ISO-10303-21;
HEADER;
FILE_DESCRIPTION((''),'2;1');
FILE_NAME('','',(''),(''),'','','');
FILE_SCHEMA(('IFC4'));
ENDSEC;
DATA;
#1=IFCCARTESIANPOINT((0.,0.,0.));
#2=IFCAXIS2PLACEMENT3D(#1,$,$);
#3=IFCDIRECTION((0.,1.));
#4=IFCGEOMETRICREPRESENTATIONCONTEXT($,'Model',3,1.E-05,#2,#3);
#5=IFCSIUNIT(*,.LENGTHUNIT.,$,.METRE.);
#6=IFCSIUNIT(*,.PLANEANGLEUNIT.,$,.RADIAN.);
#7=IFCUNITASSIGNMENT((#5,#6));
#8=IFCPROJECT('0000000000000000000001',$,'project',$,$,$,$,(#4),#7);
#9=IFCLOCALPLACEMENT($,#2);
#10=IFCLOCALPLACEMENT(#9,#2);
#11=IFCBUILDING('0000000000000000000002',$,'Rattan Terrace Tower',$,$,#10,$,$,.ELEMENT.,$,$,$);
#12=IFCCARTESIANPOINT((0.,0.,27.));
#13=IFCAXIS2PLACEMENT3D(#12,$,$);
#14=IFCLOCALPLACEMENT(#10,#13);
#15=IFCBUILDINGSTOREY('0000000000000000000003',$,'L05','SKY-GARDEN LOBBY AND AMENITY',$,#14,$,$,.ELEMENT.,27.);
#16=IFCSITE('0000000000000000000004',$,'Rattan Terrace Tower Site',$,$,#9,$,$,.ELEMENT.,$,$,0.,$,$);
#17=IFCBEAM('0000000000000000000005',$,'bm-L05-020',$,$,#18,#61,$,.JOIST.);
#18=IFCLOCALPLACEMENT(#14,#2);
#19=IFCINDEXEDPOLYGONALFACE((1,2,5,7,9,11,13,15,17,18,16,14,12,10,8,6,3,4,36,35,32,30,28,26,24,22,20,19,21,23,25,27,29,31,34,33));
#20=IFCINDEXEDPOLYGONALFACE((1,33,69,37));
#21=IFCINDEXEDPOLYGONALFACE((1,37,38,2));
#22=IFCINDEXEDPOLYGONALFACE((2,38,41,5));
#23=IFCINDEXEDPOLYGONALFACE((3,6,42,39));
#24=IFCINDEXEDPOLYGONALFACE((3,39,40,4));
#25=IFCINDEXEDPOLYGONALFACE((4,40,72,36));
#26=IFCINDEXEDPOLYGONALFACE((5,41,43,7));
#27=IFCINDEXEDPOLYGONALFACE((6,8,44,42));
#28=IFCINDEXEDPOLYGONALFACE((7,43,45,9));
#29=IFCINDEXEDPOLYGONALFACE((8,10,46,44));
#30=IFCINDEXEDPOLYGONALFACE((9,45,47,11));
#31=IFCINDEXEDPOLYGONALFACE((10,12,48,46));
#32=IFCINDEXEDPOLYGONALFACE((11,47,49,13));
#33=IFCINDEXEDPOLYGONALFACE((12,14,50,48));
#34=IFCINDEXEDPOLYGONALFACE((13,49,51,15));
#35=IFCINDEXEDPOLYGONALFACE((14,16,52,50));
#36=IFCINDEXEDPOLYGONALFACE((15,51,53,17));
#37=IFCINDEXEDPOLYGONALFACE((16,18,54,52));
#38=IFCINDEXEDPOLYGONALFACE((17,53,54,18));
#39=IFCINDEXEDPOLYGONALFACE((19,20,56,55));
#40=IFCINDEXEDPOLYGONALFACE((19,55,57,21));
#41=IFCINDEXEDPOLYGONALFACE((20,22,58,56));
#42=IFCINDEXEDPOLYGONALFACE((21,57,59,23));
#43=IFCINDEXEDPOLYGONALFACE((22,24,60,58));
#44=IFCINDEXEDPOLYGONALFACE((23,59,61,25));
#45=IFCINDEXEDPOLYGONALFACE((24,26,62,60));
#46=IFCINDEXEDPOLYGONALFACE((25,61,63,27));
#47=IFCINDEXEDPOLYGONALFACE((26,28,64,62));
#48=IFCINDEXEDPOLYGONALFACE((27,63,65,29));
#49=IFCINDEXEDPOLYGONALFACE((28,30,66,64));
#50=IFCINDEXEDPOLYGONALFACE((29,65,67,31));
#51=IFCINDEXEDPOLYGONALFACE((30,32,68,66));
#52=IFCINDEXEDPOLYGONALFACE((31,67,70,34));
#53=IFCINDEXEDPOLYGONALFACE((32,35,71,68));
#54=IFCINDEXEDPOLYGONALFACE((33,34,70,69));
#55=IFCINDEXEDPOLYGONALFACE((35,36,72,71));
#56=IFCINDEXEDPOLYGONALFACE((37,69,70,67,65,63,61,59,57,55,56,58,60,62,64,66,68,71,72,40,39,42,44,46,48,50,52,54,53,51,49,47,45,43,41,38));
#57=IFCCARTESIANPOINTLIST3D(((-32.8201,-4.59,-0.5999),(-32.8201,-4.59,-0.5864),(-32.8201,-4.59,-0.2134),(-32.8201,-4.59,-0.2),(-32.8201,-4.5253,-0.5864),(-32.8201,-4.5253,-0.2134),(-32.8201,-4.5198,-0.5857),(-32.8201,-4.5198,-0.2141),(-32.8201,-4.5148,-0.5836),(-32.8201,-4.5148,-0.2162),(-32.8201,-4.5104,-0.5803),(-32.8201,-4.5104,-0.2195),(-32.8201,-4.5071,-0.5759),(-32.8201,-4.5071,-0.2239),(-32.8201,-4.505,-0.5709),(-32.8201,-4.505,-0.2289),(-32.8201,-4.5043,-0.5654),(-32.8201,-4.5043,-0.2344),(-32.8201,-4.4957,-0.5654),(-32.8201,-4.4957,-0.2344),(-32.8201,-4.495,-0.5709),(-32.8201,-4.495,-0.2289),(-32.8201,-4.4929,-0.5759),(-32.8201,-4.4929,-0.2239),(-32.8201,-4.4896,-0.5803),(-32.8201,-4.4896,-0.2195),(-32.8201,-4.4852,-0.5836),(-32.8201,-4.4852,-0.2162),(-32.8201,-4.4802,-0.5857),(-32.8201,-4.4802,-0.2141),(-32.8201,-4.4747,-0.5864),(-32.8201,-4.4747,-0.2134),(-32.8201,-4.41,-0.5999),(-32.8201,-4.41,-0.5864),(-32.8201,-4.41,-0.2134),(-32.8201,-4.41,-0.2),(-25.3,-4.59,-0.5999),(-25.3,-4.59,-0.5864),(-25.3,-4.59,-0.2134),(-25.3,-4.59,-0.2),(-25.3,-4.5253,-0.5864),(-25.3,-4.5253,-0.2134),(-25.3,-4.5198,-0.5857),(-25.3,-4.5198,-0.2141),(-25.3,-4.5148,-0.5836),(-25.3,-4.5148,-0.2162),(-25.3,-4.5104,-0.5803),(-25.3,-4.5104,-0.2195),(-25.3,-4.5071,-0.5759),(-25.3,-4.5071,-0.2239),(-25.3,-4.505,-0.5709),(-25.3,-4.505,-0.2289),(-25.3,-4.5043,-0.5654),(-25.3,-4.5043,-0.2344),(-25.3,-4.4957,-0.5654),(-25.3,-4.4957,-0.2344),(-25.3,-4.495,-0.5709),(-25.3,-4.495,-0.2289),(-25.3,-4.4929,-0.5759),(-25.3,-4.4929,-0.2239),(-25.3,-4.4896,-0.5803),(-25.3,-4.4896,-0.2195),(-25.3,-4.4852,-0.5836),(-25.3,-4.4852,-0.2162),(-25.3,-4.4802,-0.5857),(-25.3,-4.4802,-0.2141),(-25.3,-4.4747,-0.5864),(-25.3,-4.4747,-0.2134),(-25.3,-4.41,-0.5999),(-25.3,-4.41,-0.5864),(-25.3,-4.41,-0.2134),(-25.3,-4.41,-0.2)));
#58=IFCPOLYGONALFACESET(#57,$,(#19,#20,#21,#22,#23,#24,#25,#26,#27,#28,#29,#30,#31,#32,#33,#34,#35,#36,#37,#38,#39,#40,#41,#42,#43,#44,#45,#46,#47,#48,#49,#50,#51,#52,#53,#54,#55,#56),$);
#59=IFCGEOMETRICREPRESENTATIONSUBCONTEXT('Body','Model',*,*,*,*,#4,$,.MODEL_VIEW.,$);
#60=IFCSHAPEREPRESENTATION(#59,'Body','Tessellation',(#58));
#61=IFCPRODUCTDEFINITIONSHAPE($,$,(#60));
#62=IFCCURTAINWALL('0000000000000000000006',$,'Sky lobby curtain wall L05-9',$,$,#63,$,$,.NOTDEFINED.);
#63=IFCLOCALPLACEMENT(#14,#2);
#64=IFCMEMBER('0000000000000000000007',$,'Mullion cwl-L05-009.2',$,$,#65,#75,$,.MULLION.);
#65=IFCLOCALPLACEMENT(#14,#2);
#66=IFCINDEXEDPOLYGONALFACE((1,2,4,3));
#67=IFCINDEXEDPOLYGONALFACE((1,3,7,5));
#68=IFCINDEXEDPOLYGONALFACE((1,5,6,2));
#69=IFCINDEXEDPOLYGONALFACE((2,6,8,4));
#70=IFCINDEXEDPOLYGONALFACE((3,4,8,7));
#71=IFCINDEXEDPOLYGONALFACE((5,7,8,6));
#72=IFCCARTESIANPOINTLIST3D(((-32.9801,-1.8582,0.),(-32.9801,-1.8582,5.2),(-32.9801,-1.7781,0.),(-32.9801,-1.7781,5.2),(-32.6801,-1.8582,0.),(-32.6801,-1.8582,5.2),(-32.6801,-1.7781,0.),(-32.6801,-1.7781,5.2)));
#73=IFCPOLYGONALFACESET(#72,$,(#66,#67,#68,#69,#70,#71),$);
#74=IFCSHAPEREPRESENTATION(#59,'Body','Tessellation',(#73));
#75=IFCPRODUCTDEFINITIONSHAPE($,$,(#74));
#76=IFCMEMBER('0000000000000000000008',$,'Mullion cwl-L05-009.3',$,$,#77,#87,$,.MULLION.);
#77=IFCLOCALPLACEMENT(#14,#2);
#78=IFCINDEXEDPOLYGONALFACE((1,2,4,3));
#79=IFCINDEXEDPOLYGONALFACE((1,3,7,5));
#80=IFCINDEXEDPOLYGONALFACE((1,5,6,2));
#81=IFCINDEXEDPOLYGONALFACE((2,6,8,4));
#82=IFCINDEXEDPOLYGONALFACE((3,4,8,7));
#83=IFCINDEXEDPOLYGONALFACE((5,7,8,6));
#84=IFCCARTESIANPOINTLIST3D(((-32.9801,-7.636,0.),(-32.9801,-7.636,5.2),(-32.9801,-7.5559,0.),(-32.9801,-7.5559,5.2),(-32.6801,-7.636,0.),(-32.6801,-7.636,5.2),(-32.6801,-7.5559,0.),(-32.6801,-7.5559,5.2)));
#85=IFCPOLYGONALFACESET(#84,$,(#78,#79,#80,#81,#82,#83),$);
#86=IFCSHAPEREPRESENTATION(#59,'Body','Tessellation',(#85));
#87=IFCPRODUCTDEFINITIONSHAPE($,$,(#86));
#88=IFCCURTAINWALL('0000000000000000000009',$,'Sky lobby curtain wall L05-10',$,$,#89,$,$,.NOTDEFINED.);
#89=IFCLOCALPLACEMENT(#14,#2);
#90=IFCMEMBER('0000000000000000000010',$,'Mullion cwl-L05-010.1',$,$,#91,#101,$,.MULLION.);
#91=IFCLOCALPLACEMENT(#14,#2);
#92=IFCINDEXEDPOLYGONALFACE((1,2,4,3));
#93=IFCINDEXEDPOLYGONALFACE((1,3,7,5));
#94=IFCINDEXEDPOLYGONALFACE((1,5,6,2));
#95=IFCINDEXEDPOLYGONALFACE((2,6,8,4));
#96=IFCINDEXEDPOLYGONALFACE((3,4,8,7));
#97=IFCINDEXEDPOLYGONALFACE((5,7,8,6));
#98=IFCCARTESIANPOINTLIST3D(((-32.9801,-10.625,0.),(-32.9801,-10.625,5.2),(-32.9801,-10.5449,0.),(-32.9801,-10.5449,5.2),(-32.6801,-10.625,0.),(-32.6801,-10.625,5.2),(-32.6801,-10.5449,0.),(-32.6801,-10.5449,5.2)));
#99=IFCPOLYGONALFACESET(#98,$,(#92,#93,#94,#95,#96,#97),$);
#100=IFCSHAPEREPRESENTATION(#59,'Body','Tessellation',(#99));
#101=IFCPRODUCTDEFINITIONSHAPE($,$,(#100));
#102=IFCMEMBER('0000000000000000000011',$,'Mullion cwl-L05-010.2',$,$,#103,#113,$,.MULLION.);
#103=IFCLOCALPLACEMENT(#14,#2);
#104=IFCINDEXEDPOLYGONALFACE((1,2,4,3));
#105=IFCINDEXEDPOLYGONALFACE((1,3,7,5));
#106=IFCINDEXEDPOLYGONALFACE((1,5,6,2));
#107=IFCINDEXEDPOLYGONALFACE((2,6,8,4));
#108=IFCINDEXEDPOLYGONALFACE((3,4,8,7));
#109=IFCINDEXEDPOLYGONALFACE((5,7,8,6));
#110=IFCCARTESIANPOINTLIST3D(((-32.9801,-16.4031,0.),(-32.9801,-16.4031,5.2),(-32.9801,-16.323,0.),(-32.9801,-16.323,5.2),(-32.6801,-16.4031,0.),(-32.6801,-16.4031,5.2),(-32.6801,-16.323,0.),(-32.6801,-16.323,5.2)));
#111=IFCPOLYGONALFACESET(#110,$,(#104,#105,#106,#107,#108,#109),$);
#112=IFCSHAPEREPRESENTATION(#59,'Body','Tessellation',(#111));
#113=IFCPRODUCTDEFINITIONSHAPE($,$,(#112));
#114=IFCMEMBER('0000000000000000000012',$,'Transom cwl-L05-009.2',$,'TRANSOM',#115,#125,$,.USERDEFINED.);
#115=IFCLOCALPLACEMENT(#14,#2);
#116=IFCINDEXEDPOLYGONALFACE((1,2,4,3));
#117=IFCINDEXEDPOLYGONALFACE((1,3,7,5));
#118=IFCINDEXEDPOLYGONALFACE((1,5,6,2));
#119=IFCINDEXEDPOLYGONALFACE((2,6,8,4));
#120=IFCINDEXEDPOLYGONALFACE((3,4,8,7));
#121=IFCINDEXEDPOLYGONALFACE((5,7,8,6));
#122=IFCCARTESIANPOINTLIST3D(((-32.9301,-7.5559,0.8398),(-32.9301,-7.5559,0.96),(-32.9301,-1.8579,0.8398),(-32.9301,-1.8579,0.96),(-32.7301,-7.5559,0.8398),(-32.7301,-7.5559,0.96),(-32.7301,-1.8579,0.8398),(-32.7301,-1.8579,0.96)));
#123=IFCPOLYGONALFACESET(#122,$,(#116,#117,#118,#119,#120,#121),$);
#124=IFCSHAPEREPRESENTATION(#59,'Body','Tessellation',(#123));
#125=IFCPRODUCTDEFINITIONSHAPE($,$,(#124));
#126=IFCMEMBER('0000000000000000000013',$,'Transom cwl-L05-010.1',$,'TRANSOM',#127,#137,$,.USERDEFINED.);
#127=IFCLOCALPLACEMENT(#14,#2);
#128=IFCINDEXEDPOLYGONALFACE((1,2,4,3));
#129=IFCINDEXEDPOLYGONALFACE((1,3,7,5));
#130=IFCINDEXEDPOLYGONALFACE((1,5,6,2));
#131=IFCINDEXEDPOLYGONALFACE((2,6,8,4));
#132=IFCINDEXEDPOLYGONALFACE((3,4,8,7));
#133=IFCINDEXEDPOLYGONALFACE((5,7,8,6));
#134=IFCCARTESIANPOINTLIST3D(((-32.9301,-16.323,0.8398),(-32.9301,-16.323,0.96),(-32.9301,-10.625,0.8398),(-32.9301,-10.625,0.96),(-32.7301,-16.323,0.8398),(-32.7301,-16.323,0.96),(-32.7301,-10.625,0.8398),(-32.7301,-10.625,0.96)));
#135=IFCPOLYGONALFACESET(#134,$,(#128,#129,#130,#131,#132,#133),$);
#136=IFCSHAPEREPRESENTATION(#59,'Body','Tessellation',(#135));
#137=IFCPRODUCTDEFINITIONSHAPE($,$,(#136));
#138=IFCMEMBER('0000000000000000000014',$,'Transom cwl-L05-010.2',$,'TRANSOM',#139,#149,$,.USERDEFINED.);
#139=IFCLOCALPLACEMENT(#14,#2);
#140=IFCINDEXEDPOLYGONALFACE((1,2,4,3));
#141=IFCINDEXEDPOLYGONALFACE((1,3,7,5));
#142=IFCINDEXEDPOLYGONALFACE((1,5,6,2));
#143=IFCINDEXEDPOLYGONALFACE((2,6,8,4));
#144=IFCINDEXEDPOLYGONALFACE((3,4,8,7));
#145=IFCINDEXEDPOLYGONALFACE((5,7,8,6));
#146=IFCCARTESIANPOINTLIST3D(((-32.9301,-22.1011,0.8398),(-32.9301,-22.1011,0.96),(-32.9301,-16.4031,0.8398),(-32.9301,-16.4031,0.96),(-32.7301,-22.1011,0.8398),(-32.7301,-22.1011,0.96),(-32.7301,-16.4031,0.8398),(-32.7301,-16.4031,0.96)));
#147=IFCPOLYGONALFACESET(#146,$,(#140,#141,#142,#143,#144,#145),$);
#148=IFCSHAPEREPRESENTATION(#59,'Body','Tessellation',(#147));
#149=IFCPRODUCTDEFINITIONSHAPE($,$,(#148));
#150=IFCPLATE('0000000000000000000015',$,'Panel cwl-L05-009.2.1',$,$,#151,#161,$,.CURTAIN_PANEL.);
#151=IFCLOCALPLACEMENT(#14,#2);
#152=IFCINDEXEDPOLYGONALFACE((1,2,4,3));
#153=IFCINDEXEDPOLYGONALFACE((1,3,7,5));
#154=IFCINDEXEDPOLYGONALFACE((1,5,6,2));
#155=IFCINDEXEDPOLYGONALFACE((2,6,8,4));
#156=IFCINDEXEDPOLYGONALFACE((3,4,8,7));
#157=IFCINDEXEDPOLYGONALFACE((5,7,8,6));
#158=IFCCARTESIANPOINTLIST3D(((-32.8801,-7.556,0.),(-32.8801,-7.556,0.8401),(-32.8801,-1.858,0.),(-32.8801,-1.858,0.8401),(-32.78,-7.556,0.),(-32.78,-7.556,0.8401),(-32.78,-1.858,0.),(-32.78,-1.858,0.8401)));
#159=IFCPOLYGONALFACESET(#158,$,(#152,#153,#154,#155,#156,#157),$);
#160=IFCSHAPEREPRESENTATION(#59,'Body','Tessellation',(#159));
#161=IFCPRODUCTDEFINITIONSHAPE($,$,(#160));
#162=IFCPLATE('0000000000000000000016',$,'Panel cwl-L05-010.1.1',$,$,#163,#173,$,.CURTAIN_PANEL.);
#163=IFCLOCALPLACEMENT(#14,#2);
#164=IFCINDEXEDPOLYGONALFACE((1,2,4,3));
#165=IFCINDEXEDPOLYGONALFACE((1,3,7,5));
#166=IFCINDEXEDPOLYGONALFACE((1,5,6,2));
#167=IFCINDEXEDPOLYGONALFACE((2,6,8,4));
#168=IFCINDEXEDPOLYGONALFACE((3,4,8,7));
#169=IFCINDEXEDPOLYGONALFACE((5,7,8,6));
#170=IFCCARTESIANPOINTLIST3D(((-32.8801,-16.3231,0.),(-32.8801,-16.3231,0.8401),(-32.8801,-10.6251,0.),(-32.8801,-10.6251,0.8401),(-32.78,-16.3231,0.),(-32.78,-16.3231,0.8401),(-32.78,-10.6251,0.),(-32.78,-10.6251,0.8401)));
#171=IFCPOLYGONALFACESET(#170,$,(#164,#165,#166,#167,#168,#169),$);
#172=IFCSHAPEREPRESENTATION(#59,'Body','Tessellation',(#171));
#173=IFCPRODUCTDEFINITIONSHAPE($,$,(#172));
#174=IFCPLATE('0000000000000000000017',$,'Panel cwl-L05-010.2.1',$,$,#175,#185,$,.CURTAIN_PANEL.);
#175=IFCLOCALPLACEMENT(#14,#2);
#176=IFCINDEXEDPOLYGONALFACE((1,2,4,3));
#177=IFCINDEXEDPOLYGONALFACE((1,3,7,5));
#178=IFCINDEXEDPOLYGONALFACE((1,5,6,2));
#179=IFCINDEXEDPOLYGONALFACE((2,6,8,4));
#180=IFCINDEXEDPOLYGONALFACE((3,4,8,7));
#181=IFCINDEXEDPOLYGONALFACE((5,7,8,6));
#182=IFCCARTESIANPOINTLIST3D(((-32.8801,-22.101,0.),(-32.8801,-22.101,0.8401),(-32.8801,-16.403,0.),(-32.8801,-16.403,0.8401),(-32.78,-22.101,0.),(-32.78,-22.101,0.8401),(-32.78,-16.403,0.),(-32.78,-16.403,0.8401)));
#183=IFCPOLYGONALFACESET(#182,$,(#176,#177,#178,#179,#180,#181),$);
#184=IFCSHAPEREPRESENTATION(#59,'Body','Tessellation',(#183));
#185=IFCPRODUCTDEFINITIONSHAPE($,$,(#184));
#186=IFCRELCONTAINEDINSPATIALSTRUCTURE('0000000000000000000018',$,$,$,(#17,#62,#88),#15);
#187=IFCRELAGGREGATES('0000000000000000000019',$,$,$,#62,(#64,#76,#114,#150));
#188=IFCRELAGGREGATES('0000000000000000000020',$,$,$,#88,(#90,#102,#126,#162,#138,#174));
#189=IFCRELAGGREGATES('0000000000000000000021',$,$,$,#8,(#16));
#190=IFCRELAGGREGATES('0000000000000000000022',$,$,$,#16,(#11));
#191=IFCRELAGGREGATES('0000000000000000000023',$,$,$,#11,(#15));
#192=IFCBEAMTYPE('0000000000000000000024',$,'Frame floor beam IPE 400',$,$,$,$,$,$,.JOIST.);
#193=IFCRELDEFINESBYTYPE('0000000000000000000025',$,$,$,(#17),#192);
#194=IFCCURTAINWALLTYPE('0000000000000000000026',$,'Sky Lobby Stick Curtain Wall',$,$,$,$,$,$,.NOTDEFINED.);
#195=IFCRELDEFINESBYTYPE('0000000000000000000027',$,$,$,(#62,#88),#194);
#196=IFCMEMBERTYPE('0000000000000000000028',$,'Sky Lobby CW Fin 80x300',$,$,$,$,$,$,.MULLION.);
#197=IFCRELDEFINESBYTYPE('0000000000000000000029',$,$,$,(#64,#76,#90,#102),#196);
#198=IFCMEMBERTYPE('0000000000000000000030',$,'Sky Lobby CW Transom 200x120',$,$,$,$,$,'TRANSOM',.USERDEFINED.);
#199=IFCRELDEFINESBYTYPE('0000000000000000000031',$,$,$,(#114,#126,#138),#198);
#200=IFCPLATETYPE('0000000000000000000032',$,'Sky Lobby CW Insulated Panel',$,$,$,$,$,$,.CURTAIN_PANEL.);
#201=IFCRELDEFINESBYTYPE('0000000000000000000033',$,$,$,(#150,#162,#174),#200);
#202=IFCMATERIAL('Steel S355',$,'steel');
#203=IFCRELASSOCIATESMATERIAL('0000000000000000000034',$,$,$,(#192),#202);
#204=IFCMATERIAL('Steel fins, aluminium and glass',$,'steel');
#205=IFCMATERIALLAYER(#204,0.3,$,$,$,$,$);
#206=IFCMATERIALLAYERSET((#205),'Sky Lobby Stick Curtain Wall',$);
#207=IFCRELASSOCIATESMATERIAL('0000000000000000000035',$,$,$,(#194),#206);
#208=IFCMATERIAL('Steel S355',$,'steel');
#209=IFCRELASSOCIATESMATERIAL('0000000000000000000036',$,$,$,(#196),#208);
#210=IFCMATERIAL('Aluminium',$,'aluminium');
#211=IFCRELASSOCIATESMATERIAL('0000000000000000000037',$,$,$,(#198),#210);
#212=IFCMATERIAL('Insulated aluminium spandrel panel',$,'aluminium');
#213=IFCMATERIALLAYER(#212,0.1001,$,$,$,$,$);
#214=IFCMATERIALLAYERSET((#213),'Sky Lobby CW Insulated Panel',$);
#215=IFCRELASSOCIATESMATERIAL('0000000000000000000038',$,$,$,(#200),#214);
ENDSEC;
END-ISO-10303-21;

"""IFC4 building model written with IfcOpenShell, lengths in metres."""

from ifc_helpers import new_model, si_unit, direction, frame, origin, origin_2d, place, context, subcontext, project, spatial, rectangle, i_section, extrude, material, layer, layer_set, material_profile, profile_set, type_object, element, aggregate, save


model = new_model("IFC4")

# Units and contexts
model_context = context("Model", 3, precision=1e-05, world=origin(), true_north=direction((0.0, 1.0)))
body_context = subcontext(model_context, "Body", "Model", "MODEL_VIEW")
ifc_project = project(units=[si_unit("LENGTHUNIT", "METRE"), si_unit("PLANEANGLEUNIT", "RADIAN")], contexts=[model_context])

# Site, building, storey
site_placement = place(None, origin())
site = spatial("IfcSite", under=ifc_project, at=site_placement, Name="Rattan Terrace Tower Site", CompositionType="ELEMENT", RefElevation=0.0)
building_placement = place(site_placement, origin())
building = spatial("IfcBuilding", under=site, at=building_placement, Name="Rattan Terrace Tower", CompositionType="ELEMENT")
storey_placement = place(building_placement, frame((0.0, 0.0, 27.0)))
storey = spatial("IfcBuildingStorey", under=building, at=storey_placement, Name="L05", Description="SKY-GARDEN LOBBY AND AMENITY", CompositionType="ELEMENT", Elevation=27.0)

# Beam
ifc_material_1 = material(Name="Steel S355", Category="steel")
ifc_material_profile_1 = material_profile(ifc_material_1, i_section(OverallWidth=0.1799, OverallDepth=0.3999, WebThickness=0.0085, FlangeThickness=0.0134, FilletRadius=0.021, at=origin_2d()), Name="IPE 400")
ifc_profile_set_1 = profile_set([ifc_material_profile_1], Name="Steel S355")
beam_type_1 = type_object("IfcBeamType", Name="Frame floor beam IPE 400", PredefinedType="JOIST", material=ifc_profile_set_1)
beam_1_placement = place(storey_placement, frame((-32.8201, -4.5, -0.3999), z_axis=(1.0, 0.0, 0.0), x_axis=(0.0, 1.0, 0.0)))
element("IfcBeam", 1, at=beam_1_placement, inside=storey, type_object=beam_type_1, Name="bm-L05-020", PredefinedType="JOIST", context=body_context, shape_type="SweptSolid", body=[
    extrude(i_section(OverallWidth=0.1799, OverallDepth=0.3999, WebThickness=0.0085, FlangeThickness=0.0134, FilletRadius=0.021, at=origin_2d()), origin(), (0.0, 0.0, 1.0), 7.52),
])

# Curtain walls, members
ifc_material_2 = material(Name="Steel fins, aluminium and glass", Category="steel")
ifc_layer_1 = layer(ifc_material_2, 0.3)
ifc_layer_set_1 = layer_set([ifc_layer_1], Name="Sky Lobby Stick Curtain Wall")
curtain_wall_type = type_object("IfcCurtainWallType", Name="Sky Lobby Stick Curtain Wall", PredefinedType="NOTDEFINED", material=ifc_layer_set_1)
curtain_wall_1_placement = place(storey_placement, origin())
curtain_wall_1 = element("IfcCurtainWall", 2, at=curtain_wall_1_placement, inside=storey, type_object=curtain_wall_type, Name="Sky lobby curtain wall L05-9", PredefinedType="NOTDEFINED")
ifc_material_3 = material(Name="Steel S355", Category="steel")
ifc_material_profile_2 = material_profile(ifc_material_3, rectangle(XDim=0.0801, YDim=0.3, at=origin_2d()), Name="Steel S355 80x300")
ifc_profile_set_2 = profile_set([ifc_material_profile_2], Name="Steel S355")
member_type_1 = type_object("IfcMemberType", Name="Sky Lobby CW Fin 80x300", PredefinedType="MULLION", material=ifc_profile_set_2)
member_1_placement = place(storey_placement, frame((-32.8301, -1.8181, 0.0), z_axis=(0.0, 0.0, 1.0), x_axis=(0.0, -1.0, 0.0)))
member_1 = element("IfcMember", 3, at=member_1_placement, type_object=member_type_1, Name="Mullion cwl-L05-009.2", PredefinedType="MULLION", context=body_context, shape_type="SweptSolid", body=[
    extrude(rectangle(XDim=0.0801, YDim=0.3, at=origin_2d()), origin(), (0.0, 0.0, 1.0), 5.2),
])
member_2_placement = place(storey_placement, frame((-32.8301, -7.5959, 0.0), z_axis=(0.0, 0.0, 1.0), x_axis=(0.0, -1.0, 0.0)))
member_2 = element("IfcMember", 4, at=member_2_placement, type_object=member_type_1, Name="Mullion cwl-L05-009.3", PredefinedType="MULLION", context=body_context, shape_type="SweptSolid", body=[
    extrude(rectangle(XDim=0.0801, YDim=0.3, at=origin_2d()), origin(), (0.0, 0.0, 1.0), 5.2),
])
curtain_wall_2_placement = place(storey_placement, origin())
curtain_wall_2 = element("IfcCurtainWall", 5, at=curtain_wall_2_placement, inside=storey, type_object=curtain_wall_type, Name="Sky lobby curtain wall L05-10", PredefinedType="NOTDEFINED")
member_3_placement = place(storey_placement, frame((-32.8301, -10.585, 0.0), z_axis=(0.0, 0.0, 1.0), x_axis=(0.0, -1.0, 0.0)))
member_3 = element("IfcMember", 6, at=member_3_placement, type_object=member_type_1, Name="Mullion cwl-L05-010.1", PredefinedType="MULLION", context=body_context, shape_type="SweptSolid", body=[
    extrude(rectangle(XDim=0.0801, YDim=0.3, at=origin_2d()), origin(), (0.0, 0.0, 1.0), 5.2),
])
member_4_placement = place(storey_placement, frame((-32.8301, -16.363, 0.0), z_axis=(0.0, 0.0, 1.0), x_axis=(0.0, -1.0, 0.0)))
member_4 = element("IfcMember", 7, at=member_4_placement, type_object=member_type_1, Name="Mullion cwl-L05-010.2", PredefinedType="MULLION", context=body_context, shape_type="SweptSolid", body=[
    extrude(rectangle(XDim=0.0801, YDim=0.3, at=origin_2d()), origin(), (0.0, 0.0, 1.0), 5.2),
])

# Members
ifc_material_4 = material(Name="Aluminium", Category="aluminium")
ifc_material_profile_3 = material_profile(ifc_material_4, rectangle(XDim=0.2, YDim=0.1201, at=origin_2d()), Name="Aluminium 200x120")
ifc_profile_set_3 = profile_set([ifc_material_profile_3], Name="Aluminium")
member_type_2 = type_object("IfcMemberType", Name="Sky Lobby CW Transom 200x120", ElementType="TRANSOM", PredefinedType="USERDEFINED", material=ifc_profile_set_3)
member_5_placement = place(storey_placement, frame((-32.8301, -1.8579, 0.8999), z_axis=(0.0, -1.0, 0.0), x_axis=(1.0, 0.0, 0.0)))
member_5 = element("IfcMember", 8, at=member_5_placement, type_object=member_type_2, Name="Transom cwl-L05-009.2", ObjectType="TRANSOM", PredefinedType="USERDEFINED", context=body_context, shape_type="SweptSolid", body=[
    extrude(rectangle(XDim=0.2, YDim=0.1201, at=origin_2d()), origin(), (0.0, 0.0, 1.0), 5.698),
])
member_6_placement = place(storey_placement, frame((-32.8301, -10.625, 0.8999), z_axis=(0.0, -1.0, 0.0), x_axis=(1.0, 0.0, 0.0)))
member_6 = element("IfcMember", 9, at=member_6_placement, type_object=member_type_2, Name="Transom cwl-L05-010.1", ObjectType="TRANSOM", PredefinedType="USERDEFINED", context=body_context, shape_type="SweptSolid", body=[
    extrude(rectangle(XDim=0.2, YDim=0.1201, at=origin_2d()), origin(), (0.0, 0.0, 1.0), 5.698),
])
member_7_placement = place(storey_placement, frame((-32.8301, -16.4031, 0.8999), z_axis=(0.0, -1.0, 0.0), x_axis=(1.0, 0.0, 0.0)))
member_7 = element("IfcMember", 10, at=member_7_placement, type_object=member_type_2, Name="Transom cwl-L05-010.2", ObjectType="TRANSOM", PredefinedType="USERDEFINED", context=body_context, shape_type="SweptSolid", body=[
    extrude(rectangle(XDim=0.2, YDim=0.1201, at=origin_2d()), origin(), (0.0, 0.0, 1.0), 5.698),
])

# Plates
ifc_material_5 = material(Name="Insulated aluminium spandrel panel", Category="aluminium")
ifc_layer_2 = layer(ifc_material_5, 0.1001)
ifc_layer_set_2 = layer_set([ifc_layer_2], Name="Sky Lobby CW Insulated Panel")
plate_type_1 = type_object("IfcPlateType", Name="Sky Lobby CW Insulated Panel", PredefinedType="CURTAIN_PANEL", material=ifc_layer_set_2)
plate_1_placement = place(storey_placement, frame((-32.8301, -4.707, 0.0), z_axis=(0.0, 0.0, 1.0), x_axis=(0.0, -1.0, 0.0)))
plate_1 = element("IfcPlate", 11, at=plate_1_placement, type_object=plate_type_1, Name="Panel cwl-L05-009.2.1", PredefinedType="CURTAIN_PANEL", context=body_context, shape_type="SweptSolid", body=[
    extrude(rectangle(XDim=5.698, YDim=0.1001, at=origin_2d()), origin(), (0.0, 0.0, 1.0), 0.8401),
])
plate_2_placement = place(storey_placement, frame((-32.8301, -13.4741, 0.0), z_axis=(0.0, 0.0, 1.0), x_axis=(0.0, -1.0, 0.0)))
plate_2 = element("IfcPlate", 12, at=plate_2_placement, type_object=plate_type_1, Name="Panel cwl-L05-010.1.1", PredefinedType="CURTAIN_PANEL", context=body_context, shape_type="SweptSolid", body=[
    extrude(rectangle(XDim=5.698, YDim=0.1001, at=origin_2d()), origin(), (0.0, 0.0, 1.0), 0.8401),
])
plate_3_placement = place(storey_placement, frame((-32.8301, -19.252, 0.0), z_axis=(0.0, 0.0, 1.0), x_axis=(0.0, -1.0, 0.0)))
plate_3 = element("IfcPlate", 13, at=plate_3_placement, type_object=plate_type_1, Name="Panel cwl-L05-010.2.1", PredefinedType="CURTAIN_PANEL", context=body_context, shape_type="SweptSolid", body=[
    extrude(rectangle(XDim=5.698, YDim=0.1001, at=origin_2d()), origin(), (0.0, 0.0, 1.0), 0.8401),
])
aggregate(curtain_wall_1, [member_1, member_2, member_5, plate_1])
aggregate(curtain_wall_2, [member_3, member_4, member_6, plate_2, member_7, plate_3])

save(model, "model.ifc")
